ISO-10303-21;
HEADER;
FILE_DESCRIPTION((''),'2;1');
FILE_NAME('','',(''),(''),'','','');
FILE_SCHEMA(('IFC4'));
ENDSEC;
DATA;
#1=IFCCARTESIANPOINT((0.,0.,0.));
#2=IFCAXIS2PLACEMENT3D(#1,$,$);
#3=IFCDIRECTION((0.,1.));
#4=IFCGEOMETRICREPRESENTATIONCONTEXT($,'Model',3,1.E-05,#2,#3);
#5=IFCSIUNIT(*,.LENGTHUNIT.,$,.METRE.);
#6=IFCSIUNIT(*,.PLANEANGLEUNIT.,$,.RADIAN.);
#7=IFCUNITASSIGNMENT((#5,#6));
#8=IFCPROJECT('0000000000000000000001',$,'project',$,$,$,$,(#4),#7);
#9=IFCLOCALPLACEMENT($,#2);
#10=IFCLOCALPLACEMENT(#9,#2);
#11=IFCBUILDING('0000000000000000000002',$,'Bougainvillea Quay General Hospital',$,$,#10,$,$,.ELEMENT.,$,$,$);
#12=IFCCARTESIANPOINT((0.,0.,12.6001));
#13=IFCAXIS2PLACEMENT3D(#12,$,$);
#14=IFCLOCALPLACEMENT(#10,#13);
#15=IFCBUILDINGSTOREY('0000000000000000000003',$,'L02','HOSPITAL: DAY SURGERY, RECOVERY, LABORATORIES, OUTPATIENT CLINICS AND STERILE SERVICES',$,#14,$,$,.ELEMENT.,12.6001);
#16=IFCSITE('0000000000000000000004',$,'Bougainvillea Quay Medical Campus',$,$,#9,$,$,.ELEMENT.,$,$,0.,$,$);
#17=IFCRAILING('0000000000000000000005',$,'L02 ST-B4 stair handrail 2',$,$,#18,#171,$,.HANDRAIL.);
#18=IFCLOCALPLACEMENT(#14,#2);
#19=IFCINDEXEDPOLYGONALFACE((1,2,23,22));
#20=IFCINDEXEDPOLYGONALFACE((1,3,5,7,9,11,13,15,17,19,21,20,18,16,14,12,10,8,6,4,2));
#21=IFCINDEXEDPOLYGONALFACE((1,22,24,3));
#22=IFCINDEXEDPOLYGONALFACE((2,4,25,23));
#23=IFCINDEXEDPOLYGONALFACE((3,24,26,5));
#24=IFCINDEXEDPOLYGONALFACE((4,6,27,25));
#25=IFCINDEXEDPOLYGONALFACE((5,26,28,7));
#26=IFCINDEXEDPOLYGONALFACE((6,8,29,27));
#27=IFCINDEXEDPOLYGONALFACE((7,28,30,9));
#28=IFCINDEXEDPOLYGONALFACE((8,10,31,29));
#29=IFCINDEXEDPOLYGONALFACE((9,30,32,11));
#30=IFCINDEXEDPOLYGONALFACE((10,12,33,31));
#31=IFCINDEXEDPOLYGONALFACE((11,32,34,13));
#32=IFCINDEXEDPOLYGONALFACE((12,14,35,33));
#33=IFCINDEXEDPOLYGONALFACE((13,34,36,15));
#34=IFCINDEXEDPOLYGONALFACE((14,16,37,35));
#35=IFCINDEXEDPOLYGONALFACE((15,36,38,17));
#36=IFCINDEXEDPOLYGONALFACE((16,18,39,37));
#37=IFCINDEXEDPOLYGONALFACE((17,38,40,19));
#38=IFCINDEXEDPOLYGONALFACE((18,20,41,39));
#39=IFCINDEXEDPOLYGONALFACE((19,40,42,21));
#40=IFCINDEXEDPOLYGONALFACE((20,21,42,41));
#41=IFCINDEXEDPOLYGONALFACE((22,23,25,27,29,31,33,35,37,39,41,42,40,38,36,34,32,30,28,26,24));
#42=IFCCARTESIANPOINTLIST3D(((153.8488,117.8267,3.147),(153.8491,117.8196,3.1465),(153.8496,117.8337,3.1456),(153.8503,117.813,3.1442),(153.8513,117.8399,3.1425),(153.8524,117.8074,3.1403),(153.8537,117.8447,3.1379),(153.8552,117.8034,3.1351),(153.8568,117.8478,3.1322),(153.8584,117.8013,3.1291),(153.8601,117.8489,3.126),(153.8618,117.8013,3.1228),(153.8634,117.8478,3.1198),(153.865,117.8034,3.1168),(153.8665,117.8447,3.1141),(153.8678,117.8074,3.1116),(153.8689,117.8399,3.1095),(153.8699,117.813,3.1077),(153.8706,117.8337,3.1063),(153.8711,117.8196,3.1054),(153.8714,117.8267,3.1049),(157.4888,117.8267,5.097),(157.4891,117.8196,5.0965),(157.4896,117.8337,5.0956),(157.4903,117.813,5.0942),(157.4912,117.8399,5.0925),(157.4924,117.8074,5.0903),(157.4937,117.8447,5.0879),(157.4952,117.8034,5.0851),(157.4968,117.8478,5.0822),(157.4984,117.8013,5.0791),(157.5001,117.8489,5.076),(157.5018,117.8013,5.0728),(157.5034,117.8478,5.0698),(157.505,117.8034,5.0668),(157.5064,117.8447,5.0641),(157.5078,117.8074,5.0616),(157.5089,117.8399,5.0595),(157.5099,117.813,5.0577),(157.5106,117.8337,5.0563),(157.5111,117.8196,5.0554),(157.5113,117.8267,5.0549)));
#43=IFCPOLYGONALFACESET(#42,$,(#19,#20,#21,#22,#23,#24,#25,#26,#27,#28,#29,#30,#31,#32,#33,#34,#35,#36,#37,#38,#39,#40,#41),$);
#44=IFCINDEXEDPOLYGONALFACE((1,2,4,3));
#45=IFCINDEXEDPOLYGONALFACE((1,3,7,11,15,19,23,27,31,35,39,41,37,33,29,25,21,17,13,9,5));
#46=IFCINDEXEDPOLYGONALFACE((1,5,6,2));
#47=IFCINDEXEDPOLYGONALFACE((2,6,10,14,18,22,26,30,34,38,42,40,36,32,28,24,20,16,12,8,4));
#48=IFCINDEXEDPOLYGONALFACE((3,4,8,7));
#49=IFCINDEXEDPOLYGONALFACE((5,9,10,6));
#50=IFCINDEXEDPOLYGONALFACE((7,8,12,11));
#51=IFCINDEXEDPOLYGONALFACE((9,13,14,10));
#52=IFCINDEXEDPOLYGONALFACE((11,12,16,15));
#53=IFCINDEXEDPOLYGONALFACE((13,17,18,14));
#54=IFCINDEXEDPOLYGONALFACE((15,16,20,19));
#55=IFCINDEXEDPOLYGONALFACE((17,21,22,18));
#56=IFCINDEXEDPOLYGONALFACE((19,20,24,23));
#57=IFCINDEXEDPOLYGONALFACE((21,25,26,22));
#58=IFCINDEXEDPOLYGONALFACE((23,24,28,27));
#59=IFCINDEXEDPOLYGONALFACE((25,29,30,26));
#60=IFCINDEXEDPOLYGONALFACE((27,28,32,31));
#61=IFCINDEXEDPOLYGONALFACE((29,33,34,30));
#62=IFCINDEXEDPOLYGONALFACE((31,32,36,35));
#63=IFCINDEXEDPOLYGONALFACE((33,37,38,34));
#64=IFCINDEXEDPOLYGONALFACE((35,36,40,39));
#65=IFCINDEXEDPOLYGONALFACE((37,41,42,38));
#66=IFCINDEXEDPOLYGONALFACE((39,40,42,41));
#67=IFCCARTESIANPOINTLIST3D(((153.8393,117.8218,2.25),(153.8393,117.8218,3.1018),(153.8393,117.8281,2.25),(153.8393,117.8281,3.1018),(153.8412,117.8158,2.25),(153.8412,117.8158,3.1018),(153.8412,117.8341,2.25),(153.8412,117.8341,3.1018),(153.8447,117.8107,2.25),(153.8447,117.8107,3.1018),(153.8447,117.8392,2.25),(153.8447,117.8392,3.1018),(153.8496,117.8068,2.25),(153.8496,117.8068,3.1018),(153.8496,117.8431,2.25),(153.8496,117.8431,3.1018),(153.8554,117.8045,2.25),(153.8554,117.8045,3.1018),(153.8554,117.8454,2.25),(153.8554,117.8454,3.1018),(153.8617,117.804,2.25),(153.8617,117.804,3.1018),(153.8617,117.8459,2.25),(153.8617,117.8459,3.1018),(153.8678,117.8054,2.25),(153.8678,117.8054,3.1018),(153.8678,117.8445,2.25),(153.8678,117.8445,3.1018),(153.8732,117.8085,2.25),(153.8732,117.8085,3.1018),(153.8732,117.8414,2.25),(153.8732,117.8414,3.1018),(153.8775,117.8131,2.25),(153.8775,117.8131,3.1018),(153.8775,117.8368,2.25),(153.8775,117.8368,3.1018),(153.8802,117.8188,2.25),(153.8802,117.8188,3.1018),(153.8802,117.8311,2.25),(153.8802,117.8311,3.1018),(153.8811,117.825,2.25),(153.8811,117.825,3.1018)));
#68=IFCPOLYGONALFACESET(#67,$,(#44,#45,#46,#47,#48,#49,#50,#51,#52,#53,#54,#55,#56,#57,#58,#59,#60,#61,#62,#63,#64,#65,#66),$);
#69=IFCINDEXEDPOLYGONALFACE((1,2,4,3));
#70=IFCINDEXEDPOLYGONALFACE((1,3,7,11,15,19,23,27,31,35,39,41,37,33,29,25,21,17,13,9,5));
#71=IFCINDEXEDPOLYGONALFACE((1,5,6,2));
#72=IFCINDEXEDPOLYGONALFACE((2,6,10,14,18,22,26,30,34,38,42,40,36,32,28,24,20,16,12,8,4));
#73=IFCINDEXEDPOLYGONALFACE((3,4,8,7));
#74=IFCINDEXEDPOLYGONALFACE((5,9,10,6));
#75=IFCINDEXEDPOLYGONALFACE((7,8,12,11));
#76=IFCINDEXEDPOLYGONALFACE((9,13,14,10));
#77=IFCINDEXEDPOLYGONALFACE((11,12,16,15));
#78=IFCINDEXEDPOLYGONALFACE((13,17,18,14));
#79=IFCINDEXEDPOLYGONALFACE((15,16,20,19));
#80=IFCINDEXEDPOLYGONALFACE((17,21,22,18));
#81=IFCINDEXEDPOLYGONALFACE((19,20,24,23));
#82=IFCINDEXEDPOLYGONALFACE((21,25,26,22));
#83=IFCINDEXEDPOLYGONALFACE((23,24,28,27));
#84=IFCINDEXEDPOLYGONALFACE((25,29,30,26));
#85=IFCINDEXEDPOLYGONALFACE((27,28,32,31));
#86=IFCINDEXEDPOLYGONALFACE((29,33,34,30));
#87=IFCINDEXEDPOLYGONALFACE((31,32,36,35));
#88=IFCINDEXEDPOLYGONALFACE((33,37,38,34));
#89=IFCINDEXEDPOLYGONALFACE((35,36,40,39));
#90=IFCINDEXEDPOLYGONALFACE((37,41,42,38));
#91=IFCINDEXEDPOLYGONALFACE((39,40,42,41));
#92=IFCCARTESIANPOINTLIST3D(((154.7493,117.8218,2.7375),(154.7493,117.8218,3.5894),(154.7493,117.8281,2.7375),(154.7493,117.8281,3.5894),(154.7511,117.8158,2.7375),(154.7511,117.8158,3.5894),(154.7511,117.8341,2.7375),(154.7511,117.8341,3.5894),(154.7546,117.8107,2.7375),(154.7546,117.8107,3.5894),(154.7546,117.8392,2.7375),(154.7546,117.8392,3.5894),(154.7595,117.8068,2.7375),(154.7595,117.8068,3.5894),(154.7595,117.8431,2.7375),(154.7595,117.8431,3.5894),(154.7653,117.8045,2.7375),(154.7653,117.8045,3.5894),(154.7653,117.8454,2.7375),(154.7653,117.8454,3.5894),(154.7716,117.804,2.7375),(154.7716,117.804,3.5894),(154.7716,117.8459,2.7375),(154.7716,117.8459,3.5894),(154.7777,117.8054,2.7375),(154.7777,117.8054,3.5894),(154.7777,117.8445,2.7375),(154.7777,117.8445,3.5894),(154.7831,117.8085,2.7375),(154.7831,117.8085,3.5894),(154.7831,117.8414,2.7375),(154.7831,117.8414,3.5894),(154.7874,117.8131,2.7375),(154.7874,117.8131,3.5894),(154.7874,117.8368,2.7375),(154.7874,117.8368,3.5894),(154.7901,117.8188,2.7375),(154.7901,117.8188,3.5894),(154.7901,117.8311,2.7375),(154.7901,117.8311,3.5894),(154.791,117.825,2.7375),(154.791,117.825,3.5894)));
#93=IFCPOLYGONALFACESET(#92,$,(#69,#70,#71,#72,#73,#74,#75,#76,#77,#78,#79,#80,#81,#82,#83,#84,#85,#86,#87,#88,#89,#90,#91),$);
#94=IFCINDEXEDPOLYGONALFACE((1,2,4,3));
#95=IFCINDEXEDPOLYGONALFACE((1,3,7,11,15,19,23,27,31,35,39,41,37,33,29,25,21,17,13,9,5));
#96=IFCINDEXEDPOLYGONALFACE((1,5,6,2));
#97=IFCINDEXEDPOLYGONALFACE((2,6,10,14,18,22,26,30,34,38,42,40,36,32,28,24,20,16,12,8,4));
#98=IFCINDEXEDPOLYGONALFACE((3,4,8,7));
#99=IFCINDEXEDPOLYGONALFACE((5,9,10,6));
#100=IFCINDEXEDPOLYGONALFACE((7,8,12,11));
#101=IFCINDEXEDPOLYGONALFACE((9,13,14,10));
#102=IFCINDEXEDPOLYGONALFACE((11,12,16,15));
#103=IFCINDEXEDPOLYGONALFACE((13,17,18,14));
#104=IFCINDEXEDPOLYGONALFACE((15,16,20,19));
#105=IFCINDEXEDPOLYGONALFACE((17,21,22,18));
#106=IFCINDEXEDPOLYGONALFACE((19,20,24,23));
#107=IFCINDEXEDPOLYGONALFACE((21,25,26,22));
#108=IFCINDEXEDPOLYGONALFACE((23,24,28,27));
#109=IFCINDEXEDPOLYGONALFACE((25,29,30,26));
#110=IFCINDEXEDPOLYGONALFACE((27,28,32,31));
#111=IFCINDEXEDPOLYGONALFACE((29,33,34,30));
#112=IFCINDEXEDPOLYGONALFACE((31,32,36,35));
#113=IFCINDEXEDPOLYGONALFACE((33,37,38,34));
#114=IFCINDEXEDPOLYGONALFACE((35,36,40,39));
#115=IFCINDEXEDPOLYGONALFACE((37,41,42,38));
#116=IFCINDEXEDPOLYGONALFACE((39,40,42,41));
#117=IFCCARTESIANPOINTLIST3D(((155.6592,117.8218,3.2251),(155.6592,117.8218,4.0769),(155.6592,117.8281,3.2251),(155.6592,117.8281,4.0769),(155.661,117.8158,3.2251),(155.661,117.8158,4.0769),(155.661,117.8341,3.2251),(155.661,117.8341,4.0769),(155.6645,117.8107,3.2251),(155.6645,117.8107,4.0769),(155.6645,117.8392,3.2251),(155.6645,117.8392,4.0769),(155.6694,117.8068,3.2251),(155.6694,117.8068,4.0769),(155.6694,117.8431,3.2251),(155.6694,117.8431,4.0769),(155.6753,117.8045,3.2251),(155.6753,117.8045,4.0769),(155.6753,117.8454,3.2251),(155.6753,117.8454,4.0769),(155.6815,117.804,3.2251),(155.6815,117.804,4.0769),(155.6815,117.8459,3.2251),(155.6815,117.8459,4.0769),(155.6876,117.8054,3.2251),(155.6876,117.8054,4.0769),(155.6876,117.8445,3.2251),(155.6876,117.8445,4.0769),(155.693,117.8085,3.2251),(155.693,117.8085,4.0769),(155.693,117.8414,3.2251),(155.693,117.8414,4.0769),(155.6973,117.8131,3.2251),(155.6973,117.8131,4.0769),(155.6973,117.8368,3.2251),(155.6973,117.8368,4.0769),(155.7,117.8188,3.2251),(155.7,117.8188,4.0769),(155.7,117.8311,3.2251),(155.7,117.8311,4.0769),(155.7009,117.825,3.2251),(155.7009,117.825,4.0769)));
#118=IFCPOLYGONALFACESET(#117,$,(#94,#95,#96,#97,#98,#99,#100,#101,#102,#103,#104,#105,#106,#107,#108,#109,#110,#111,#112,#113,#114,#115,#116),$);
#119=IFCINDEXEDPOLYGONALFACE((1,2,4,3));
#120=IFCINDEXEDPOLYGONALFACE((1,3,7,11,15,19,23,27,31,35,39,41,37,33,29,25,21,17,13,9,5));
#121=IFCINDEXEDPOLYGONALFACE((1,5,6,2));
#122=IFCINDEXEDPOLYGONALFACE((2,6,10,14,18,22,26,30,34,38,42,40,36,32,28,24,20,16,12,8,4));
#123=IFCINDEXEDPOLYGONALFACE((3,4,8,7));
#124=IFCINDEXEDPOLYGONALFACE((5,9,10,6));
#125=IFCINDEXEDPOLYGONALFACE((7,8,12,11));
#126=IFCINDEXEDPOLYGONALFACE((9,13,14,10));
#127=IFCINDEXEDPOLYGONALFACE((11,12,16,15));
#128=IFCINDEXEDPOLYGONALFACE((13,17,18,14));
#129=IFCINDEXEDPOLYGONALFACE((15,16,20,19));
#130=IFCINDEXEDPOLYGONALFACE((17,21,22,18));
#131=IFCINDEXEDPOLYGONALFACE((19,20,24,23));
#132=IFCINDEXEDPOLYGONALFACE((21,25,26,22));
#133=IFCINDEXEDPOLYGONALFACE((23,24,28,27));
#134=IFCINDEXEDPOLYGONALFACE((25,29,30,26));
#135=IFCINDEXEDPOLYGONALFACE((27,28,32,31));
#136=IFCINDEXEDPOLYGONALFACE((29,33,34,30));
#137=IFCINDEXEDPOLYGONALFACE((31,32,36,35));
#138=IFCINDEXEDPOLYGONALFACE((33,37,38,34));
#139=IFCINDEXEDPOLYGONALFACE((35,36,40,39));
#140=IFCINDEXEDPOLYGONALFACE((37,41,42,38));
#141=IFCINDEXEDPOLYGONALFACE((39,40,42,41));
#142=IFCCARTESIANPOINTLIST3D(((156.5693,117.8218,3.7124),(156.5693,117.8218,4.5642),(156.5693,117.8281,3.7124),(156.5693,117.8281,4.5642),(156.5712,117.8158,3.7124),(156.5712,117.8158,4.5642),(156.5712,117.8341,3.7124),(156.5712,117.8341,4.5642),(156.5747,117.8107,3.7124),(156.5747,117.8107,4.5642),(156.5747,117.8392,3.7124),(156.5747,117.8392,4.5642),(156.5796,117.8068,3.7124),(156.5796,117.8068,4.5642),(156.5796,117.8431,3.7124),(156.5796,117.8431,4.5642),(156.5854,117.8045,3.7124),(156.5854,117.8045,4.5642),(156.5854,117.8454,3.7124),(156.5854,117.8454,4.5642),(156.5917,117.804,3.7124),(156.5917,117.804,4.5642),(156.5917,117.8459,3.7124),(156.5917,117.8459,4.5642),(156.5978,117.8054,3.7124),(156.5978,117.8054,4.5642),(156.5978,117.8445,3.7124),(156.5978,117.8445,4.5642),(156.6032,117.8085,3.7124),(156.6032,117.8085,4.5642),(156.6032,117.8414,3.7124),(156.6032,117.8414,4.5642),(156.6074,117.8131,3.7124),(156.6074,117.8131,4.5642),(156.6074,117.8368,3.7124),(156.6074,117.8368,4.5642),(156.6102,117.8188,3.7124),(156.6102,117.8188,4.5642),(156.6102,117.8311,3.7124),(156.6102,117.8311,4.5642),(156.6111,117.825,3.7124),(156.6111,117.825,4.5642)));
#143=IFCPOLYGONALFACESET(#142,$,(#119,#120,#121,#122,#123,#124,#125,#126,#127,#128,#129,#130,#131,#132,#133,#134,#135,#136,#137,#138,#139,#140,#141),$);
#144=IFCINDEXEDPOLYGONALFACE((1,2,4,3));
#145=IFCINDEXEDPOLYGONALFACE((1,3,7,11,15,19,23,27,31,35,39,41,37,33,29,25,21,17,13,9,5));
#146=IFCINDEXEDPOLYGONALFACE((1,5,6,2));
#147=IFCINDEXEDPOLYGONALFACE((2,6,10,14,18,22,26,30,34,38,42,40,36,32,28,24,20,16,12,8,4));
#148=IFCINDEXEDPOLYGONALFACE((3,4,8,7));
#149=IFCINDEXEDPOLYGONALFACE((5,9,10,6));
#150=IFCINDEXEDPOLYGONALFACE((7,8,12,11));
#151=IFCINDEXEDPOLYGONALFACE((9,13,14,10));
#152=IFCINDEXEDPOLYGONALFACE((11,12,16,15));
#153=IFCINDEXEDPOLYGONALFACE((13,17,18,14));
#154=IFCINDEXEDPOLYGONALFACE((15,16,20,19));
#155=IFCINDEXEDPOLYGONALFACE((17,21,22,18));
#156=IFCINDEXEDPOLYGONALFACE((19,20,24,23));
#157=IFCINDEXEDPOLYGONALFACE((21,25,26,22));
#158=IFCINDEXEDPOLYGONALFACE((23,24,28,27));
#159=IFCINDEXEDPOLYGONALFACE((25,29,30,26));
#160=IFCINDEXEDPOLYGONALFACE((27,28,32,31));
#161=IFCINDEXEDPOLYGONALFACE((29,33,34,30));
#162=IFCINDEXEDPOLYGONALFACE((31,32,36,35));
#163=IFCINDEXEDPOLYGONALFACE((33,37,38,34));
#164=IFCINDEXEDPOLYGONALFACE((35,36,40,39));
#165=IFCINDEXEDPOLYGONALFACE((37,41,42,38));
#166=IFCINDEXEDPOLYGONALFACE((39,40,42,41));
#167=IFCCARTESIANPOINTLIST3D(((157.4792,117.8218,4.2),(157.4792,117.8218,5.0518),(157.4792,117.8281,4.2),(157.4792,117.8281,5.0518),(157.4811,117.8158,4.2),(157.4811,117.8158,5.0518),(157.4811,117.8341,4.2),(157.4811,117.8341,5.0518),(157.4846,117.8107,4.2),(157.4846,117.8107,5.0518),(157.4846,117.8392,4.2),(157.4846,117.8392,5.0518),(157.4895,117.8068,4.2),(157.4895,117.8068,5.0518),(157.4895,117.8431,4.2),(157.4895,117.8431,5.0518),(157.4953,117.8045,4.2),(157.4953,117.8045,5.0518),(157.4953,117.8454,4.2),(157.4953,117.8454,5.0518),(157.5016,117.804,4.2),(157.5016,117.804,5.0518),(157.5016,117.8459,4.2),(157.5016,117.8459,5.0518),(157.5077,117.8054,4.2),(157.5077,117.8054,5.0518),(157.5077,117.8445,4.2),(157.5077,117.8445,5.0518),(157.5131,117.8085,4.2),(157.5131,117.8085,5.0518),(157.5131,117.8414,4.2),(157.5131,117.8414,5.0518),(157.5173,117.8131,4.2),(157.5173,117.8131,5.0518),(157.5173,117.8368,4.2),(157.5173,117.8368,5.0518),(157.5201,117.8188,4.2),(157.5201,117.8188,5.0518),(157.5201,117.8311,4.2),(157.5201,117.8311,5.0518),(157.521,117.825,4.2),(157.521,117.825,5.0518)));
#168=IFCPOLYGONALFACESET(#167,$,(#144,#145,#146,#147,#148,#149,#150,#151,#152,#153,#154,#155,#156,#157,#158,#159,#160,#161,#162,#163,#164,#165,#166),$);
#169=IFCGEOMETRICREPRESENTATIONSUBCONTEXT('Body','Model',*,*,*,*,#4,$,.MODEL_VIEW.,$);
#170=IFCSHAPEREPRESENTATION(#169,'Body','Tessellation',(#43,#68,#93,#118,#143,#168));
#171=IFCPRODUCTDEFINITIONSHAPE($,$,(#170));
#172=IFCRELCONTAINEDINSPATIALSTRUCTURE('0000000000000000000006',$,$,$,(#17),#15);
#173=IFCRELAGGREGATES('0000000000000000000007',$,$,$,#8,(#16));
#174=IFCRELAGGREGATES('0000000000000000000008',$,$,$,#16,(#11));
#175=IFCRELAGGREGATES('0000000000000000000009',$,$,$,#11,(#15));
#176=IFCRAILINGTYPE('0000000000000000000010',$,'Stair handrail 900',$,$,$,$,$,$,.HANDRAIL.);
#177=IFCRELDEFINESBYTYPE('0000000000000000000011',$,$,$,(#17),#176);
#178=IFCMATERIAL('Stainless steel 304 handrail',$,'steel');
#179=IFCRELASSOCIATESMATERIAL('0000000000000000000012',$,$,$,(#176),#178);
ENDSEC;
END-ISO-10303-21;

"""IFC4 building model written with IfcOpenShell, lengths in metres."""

from ifc_helpers import new_model, si_unit, direction, frame, origin, origin_2d, place, context, subcontext, project, spatial, circle, extrude, material, type_object, element, save


model = new_model("IFC4")

# Units and contexts
model_context = context("Model", 3, precision=1e-05, world=origin(), true_north=direction((0.0, 1.0)))
body_context = subcontext(model_context, "Body", "Model", "MODEL_VIEW")
ifc_project = project(units=[si_unit("LENGTHUNIT", "METRE"), si_unit("PLANEANGLEUNIT", "RADIAN")], contexts=[model_context])

# Site, building, storey
site_placement = place(None, origin())
site = spatial("IfcSite", under=ifc_project, at=site_placement, Name="Bougainvillea Quay Medical Campus", CompositionType="ELEMENT", RefElevation=0.0)
building_placement = place(site_placement, origin())
building = spatial("IfcBuilding", under=site, at=building_placement, Name="Bougainvillea Quay General Hospital", CompositionType="ELEMENT")
storey_placement = place(building_placement, frame((0.0, 0.0, 12.6001)))
storey = spatial("IfcBuildingStorey", under=building, at=storey_placement, Name="L02", Description="HOSPITAL: DAY SURGERY, RECOVERY, LABORATORIES, OUTPATIENT CLINICS AND STERILE SERVICES", CompositionType="ELEMENT", Elevation=12.6001)

# Railing
ifc_material_1 = material(Name="Stainless steel 304 handrail", Category="steel")
railing_type_1 = type_object("IfcRailingType", Name="Stair handrail 900", PredefinedType="HANDRAIL", material=ifc_material_1)
railing_1_placement = place(storey_placement, frame((153.8601, 117.825, 2.25)))
element("IfcRailing", 1, at=railing_1_placement, inside=storey, type_object=railing_type_1, Name="L02 ST-B4 stair handrail 2", PredefinedType="HANDRAIL", context=body_context, shape_type="SweptSolid", body=[
    extrude(circle(Radius=0.0239, at=origin_2d()), frame((0.0, 0.0, 0.876), z_axis=(0.881479, 0.0, 0.472223), x_axis=(0.0, 1.0, 0.0)), (0.0, 0.0, 1.0), 4.1294),
    extrude(circle(Radius=0.021, at=origin_2d()), origin(), (0.0, 0.0, 1.0), 0.8518),
    extrude(circle(Radius=0.021, at=origin_2d()), frame((0.9099, 0.0, 0.4875)), (0.0, 0.0, 1.0), 0.8518),
    extrude(circle(Radius=0.021, at=origin_2d()), frame((1.8198, 0.0, 0.9751)), (0.0, 0.0, 1.0), 0.8518),
    extrude(circle(Radius=0.021, at=origin_2d()), frame((2.73, 0.0, 1.4624)), (0.0, 0.0, 1.0), 0.8518),
    extrude(circle(Radius=0.021, at=origin_2d()), frame((3.6399, 0.0, 1.95)), (0.0, 0.0, 1.0), 0.8518),
])

save(model, "model.ifc")
